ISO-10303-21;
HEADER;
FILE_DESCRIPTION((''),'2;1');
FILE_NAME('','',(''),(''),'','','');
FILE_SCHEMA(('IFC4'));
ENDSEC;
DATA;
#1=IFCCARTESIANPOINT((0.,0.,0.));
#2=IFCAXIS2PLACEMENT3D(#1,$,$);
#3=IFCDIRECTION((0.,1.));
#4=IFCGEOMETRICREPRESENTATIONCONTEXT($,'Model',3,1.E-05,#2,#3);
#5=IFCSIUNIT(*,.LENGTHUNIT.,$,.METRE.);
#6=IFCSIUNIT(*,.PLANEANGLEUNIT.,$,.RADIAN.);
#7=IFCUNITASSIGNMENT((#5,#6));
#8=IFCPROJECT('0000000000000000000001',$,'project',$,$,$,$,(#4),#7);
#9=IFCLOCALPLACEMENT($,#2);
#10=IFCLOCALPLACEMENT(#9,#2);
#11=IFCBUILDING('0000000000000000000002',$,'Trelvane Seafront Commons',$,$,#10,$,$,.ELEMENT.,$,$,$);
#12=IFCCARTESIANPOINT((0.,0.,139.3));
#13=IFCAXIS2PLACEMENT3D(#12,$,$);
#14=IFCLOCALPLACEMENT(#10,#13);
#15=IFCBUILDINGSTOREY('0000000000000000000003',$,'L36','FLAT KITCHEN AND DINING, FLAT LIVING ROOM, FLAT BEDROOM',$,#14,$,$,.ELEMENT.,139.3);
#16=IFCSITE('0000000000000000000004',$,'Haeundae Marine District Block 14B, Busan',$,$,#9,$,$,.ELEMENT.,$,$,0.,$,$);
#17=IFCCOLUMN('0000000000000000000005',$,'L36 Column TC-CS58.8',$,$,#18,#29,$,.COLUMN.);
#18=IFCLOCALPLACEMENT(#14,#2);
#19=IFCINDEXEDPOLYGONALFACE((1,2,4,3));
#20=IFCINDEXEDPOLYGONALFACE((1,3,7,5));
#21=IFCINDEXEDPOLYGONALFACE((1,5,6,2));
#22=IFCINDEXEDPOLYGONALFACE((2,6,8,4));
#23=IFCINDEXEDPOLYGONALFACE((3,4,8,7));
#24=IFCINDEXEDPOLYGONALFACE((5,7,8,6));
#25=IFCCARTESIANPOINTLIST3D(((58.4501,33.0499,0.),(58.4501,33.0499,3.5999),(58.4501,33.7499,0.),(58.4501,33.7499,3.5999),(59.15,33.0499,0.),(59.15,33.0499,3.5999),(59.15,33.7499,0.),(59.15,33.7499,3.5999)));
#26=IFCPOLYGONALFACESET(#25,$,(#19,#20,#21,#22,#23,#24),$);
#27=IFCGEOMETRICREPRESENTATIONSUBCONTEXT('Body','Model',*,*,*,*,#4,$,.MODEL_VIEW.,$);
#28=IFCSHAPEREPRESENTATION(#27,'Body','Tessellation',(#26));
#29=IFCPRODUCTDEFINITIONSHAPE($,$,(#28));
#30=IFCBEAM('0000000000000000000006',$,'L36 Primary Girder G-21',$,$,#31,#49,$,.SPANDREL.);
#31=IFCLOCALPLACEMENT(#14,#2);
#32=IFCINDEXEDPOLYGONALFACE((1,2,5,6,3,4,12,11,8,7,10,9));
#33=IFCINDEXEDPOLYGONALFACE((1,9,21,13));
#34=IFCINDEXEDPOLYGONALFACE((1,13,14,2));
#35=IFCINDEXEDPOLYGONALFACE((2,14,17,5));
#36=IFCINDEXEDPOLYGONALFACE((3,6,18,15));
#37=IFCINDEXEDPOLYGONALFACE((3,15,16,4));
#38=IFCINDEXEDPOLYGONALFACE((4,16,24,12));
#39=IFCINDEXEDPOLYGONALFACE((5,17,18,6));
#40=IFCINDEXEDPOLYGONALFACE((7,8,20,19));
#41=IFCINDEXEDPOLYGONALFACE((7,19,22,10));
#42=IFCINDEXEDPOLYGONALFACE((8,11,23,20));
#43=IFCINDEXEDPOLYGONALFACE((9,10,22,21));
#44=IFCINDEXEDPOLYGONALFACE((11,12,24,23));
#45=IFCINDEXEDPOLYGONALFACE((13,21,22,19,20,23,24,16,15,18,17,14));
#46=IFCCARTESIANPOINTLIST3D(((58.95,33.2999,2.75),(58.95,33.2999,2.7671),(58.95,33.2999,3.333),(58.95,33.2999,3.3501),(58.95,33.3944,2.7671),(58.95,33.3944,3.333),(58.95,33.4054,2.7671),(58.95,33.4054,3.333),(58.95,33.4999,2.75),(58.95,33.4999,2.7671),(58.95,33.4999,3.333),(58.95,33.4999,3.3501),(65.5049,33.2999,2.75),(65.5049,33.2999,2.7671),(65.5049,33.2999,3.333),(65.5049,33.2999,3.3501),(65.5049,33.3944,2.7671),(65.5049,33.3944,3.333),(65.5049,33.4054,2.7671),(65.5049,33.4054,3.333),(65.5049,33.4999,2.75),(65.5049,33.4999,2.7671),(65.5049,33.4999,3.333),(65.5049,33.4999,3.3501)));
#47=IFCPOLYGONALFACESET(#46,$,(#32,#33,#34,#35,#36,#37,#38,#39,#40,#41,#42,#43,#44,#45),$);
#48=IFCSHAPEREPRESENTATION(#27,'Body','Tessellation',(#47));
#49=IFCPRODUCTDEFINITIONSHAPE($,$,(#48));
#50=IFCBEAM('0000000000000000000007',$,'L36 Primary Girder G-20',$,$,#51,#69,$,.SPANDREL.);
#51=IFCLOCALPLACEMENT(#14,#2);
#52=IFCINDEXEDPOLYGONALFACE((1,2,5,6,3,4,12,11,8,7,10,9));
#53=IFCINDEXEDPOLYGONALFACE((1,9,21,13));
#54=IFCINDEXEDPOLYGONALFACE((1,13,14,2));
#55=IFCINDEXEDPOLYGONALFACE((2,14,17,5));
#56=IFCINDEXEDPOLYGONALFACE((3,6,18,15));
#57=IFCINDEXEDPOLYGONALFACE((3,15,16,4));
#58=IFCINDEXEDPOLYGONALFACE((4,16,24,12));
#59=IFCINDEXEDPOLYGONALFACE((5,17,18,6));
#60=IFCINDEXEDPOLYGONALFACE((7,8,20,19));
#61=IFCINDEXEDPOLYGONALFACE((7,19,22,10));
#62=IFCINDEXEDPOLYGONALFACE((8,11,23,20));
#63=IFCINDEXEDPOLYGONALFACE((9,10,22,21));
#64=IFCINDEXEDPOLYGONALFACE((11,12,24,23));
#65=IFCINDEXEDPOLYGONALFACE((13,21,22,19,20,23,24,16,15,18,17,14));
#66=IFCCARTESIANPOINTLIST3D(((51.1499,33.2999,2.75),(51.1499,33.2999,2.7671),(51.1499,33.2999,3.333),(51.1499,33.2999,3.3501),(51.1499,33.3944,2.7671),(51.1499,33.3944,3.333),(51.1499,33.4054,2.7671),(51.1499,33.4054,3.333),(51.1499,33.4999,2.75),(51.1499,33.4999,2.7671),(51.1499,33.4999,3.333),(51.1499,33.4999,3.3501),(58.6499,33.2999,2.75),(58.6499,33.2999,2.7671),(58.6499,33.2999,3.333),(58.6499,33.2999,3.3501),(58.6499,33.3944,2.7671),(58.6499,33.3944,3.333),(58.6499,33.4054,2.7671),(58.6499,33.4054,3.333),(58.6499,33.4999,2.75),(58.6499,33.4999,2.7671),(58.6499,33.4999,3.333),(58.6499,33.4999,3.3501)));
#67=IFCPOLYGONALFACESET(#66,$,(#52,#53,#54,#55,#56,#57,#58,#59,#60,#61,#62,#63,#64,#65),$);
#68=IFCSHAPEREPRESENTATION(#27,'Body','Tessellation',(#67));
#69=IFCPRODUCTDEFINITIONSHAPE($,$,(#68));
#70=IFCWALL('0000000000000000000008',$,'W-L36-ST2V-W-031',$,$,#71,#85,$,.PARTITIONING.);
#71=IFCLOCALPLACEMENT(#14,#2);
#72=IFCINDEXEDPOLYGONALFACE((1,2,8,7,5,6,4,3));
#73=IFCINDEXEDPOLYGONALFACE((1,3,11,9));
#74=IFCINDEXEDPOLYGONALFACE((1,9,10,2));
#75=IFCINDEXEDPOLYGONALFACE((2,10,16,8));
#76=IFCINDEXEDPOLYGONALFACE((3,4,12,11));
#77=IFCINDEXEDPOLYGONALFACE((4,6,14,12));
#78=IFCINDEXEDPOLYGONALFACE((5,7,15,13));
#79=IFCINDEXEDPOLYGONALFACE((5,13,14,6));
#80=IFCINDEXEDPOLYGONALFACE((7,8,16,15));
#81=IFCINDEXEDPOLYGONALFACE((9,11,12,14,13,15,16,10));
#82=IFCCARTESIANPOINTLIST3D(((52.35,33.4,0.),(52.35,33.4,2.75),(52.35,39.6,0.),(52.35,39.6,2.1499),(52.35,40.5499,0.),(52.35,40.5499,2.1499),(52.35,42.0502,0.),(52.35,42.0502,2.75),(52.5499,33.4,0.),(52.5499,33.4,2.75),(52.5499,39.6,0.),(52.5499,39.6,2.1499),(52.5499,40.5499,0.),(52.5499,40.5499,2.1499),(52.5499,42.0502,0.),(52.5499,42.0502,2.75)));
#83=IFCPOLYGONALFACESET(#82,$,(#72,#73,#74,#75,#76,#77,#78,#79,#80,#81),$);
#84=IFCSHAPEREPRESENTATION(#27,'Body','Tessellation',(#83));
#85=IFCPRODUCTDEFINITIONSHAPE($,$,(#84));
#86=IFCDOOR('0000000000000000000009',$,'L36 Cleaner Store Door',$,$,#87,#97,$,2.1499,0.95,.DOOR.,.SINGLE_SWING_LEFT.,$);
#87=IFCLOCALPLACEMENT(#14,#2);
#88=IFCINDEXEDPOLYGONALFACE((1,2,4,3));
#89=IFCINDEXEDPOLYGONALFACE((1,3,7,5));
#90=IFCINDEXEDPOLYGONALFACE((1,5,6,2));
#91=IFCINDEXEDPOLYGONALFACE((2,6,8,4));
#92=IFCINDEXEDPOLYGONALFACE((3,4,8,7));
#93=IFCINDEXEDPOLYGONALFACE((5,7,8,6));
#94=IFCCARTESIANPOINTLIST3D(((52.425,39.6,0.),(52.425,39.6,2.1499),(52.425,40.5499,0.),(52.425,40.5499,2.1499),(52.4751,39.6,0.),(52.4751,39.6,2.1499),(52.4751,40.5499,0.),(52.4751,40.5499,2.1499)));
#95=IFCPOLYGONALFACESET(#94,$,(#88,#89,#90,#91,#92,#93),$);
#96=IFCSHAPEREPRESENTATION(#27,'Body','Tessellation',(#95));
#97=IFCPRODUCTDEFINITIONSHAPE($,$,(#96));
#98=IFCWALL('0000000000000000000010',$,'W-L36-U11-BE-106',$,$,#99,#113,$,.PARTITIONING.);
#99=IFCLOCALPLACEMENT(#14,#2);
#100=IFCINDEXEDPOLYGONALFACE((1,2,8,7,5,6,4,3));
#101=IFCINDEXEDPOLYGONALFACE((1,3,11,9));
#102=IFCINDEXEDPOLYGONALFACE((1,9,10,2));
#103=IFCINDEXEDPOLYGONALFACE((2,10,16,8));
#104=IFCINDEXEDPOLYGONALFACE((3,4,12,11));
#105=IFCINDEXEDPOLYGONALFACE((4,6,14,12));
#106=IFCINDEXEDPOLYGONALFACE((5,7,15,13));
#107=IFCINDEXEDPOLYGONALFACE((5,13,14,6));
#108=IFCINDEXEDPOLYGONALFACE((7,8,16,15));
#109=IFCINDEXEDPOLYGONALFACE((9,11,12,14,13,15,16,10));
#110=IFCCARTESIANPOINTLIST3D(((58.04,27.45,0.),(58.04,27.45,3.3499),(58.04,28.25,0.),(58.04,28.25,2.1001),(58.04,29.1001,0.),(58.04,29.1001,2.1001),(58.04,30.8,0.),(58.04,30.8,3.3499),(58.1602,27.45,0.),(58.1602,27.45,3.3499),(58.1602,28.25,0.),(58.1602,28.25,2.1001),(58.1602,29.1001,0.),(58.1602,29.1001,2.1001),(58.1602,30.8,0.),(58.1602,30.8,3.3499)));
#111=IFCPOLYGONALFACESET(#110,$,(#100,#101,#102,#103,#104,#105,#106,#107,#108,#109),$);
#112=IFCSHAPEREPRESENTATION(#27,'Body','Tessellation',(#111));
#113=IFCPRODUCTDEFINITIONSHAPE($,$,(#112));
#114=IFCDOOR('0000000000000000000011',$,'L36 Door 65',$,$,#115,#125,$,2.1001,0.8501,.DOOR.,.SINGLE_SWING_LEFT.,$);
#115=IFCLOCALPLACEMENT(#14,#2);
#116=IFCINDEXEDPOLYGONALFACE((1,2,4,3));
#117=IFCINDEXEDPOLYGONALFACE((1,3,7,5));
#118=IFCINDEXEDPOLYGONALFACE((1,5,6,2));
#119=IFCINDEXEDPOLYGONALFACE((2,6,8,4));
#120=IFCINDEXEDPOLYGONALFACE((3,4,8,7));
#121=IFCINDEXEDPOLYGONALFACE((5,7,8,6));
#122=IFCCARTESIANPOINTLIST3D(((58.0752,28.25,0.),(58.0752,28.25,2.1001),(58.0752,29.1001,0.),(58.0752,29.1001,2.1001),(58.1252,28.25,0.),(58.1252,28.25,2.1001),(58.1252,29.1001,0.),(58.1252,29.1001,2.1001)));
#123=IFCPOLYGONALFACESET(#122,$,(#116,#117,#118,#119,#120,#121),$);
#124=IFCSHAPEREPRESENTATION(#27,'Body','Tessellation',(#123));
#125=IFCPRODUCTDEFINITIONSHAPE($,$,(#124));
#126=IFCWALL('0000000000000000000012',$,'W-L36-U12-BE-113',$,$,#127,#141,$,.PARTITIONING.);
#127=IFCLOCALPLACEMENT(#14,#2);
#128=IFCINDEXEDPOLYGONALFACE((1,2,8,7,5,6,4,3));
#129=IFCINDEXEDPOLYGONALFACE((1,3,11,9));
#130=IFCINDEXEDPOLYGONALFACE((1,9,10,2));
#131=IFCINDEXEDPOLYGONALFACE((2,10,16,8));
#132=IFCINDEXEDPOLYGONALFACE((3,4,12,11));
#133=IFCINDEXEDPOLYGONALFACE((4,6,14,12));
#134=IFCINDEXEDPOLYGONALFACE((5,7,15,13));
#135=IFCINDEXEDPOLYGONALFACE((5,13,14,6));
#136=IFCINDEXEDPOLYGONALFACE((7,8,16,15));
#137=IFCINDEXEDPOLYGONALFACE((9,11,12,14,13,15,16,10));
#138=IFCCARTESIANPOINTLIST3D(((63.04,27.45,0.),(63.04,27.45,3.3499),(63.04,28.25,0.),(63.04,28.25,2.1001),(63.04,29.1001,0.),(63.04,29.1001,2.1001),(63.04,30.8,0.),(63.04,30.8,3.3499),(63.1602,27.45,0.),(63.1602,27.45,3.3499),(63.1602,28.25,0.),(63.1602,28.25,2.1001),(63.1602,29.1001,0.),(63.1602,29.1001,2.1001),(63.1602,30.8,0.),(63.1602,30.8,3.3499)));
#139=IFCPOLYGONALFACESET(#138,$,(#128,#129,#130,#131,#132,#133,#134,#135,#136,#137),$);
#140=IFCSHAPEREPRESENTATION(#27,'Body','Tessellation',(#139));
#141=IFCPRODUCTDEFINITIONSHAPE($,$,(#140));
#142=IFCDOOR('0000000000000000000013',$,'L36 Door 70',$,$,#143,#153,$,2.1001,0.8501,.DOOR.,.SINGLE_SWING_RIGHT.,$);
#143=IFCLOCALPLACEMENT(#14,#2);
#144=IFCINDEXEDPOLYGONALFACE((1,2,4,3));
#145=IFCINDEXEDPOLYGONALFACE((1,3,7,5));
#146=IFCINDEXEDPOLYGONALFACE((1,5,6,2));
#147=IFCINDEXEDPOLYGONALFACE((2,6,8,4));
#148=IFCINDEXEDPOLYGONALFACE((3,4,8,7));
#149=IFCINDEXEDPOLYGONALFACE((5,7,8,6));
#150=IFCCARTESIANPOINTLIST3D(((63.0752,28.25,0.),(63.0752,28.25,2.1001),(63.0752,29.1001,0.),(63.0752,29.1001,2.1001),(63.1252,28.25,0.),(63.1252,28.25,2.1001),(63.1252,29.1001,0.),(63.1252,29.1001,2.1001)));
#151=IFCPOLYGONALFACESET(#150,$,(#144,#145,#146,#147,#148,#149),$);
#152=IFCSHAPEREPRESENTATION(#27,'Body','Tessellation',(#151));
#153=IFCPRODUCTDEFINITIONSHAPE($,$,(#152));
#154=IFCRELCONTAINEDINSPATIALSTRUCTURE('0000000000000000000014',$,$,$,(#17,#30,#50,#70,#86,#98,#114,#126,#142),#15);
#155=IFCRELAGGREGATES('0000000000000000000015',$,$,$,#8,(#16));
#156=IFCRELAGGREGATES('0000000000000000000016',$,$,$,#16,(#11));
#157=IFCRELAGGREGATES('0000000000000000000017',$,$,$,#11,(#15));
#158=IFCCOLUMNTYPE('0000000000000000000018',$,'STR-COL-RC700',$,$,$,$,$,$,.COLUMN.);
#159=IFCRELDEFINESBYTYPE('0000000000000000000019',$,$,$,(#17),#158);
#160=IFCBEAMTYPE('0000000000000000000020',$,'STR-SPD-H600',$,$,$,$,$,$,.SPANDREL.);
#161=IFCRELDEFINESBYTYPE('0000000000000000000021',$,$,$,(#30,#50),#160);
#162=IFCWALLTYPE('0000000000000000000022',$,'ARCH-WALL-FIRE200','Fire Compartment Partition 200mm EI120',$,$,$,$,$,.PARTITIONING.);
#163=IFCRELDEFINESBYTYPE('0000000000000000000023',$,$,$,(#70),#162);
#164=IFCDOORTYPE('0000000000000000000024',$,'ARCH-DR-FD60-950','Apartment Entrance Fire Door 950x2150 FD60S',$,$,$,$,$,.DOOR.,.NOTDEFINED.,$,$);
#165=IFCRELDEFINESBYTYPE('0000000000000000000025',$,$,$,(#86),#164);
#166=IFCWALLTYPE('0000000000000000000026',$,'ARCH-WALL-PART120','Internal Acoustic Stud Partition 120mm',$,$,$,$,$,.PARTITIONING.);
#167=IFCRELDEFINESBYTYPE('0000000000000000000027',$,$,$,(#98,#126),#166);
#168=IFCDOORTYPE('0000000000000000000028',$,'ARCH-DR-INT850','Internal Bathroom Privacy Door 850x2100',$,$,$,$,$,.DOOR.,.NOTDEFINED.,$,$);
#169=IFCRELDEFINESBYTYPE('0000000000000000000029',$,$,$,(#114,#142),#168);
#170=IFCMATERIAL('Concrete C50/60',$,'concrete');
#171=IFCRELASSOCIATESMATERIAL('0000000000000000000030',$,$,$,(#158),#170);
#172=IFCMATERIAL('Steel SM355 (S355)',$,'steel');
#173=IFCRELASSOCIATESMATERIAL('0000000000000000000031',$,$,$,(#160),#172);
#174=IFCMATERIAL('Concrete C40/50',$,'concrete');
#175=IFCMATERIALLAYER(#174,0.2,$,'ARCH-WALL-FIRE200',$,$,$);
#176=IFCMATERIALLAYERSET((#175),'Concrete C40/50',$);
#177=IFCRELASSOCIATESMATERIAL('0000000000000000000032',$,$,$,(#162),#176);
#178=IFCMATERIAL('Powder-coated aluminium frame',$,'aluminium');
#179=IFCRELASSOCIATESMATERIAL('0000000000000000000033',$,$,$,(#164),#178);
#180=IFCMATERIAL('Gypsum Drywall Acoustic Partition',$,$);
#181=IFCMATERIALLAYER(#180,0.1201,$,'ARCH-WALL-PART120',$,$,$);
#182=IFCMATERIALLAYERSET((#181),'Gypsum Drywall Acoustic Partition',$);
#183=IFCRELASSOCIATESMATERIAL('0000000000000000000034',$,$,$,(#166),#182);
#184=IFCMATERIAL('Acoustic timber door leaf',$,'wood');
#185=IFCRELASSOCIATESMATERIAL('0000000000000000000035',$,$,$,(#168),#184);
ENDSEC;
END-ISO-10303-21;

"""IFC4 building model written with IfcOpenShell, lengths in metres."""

from ifc_helpers import new_model, si_unit, direction, frame, frame_2d, origin, origin_2d, place, context, subcontext, project, spatial, rectangle, i_section, extrude, source, transform, mapped, material, layer, layer_set, material_profile, profile_set, type_object, element, fill, save


model = new_model("IFC4")

# Units and contexts
model_context = context("Model", 3, precision=1e-05, world=origin(), true_north=direction((0.0, 1.0)))
body_context = subcontext(model_context, "Body", "Model", "MODEL_VIEW")
ifc_project = project(units=[si_unit("LENGTHUNIT", "METRE"), si_unit("PLANEANGLEUNIT", "RADIAN")], contexts=[model_context])

# Site, building, storey
site_placement = place(None, origin())
site = spatial("IfcSite", under=ifc_project, at=site_placement, Name="Haeundae Marine District Block 14B, Busan", CompositionType="ELEMENT", RefElevation=0.0)
building_placement = place(site_placement, origin())
building = spatial("IfcBuilding", under=site, at=building_placement, Name="Trelvane Seafront Commons", CompositionType="ELEMENT")
storey_placement = place(building_placement, frame((0.0, 0.0, 139.3)))
storey = spatial("IfcBuildingStorey", under=building, at=storey_placement, Name="L36", Description="FLAT KITCHEN AND DINING, FLAT LIVING ROOM, FLAT BEDROOM", CompositionType="ELEMENT", Elevation=139.3)

# Column
ifc_material_1 = material(Name="Concrete C50/60", Category="concrete")
ifc_material_profile_1 = material_profile(ifc_material_1, rectangle(XDim=0.7, YDim=0.7, at=origin_2d()), Name="RC-700x700")
ifc_profile_set_1 = profile_set([ifc_material_profile_1], Name="Concrete C50/60")
column_type = type_object("IfcColumnType", Name="STR-COL-RC700", PredefinedType="COLUMN", material=ifc_profile_set_1)
shared_shape_1 = source(origin(), body_context, "Body", "SweptSolid", [
    extrude(rectangle(XDim=0.7, YDim=0.7, at=origin_2d()), origin(), (0.0, 0.0, 1.0), 3.5999),
])
column_placement = place(storey_placement, frame((58.8, 33.3999, 0.0), z_axis=(0.0, 0.0, 1.0), x_axis=(1.0, 0.0, 0.0)))
element("IfcColumn", 1, at=column_placement, inside=storey, type_object=column_type, Name="L36 Column TC-CS58.8", PredefinedType="COLUMN", context=body_context, shape_type="MappedRepresentation", body=[
    mapped(shared_shape_1, transform((0.0, 0.0, 0.0), x_axis=(1.0, 0.0, 0.0), y_axis=(0.0, 1.0, 0.0), z_axis=(0.0, 0.0, 1.0), scale=1.0)),
])

# Beams
ifc_material_2 = material(Name="Steel SM355 (S355)", Category="steel")
ifc_material_profile_2 = material_profile(ifc_material_2, i_section(OverallWidth=0.2, OverallDepth=0.6001, WebThickness=0.011, FlangeThickness=0.0171, at=origin_2d()), Name="H-600x200x11x17")
ifc_profile_set_2 = profile_set([ifc_material_profile_2], Name="Steel SM355 (S355)")
beam_type = type_object("IfcBeamType", Name="STR-SPD-H600", PredefinedType="SPANDREL", material=ifc_profile_set_2)
shared_shape_2 = source(origin(), body_context, "Body", "SweptSolid", [
    extrude(i_section(OverallWidth=0.2, OverallDepth=0.6001, WebThickness=0.011, FlangeThickness=0.0171, at=origin_2d()), origin(), (0.0, 0.0, 1.0), 6.5549),
])
beam_1_placement = place(storey_placement, frame((58.95, 33.3999, 3.05), z_axis=(1.0, 0.0, 0.0), x_axis=(0.0, 1.0, 0.0)))
element("IfcBeam", 2, at=beam_1_placement, inside=storey, type_object=beam_type, Name="L36 Primary Girder G-21", PredefinedType="SPANDREL", context=body_context, shape_type="MappedRepresentation", body=[
    mapped(shared_shape_2, transform((0.0, 0.0, 0.0), x_axis=(1.0, 0.0, 0.0), y_axis=(0.0, 1.0, 0.0), z_axis=(0.0, 0.0, 1.0), scale=1.0)),
])
shared_shape_3 = source(origin(), body_context, "Body", "SweptSolid", [
    extrude(i_section(OverallWidth=0.2, OverallDepth=0.6001, WebThickness=0.011, FlangeThickness=0.0171, at=origin_2d()), origin(), (0.0, 0.0, 1.0), 7.5),
])
beam_2_placement = place(storey_placement, frame((51.1499, 33.3999, 3.05), z_axis=(1.0, 0.0, 0.0), x_axis=(0.0, 1.0, 0.0)))
element("IfcBeam", 3, at=beam_2_placement, inside=storey, type_object=beam_type, Name="L36 Primary Girder G-20", PredefinedType="SPANDREL", context=body_context, shape_type="MappedRepresentation", body=[
    mapped(shared_shape_3, transform((0.0, 0.0, 0.0), x_axis=(1.0, 0.0, 0.0), y_axis=(0.0, 1.0, 0.0), z_axis=(0.0, 0.0, 1.0), scale=1.0)),
])

# Walls, openings, doors
ifc_material_3 = material(Name="Concrete C40/50", Category="concrete")
ifc_layer_1 = layer(ifc_material_3, 0.2, Name="ARCH-WALL-FIRE200")
ifc_layer_set_1 = layer_set([ifc_layer_1], Name="Concrete C40/50")
wall_type_1 = type_object("IfcWallType", Name="ARCH-WALL-FIRE200", Description="Fire Compartment Partition 200mm EI120", PredefinedType="PARTITIONING", material=ifc_layer_set_1)
wall_1_placement = place(storey_placement, frame((52.45, 33.3999, 0.0), z_axis=(0.0, 0.0, 1.0), x_axis=(0.0, 1.0, 0.0)))
wall_1 = element("IfcWall", 4, at=wall_1_placement, inside=storey, type_object=wall_type_1, Name="W-L36-ST2V-W-031", PredefinedType="PARTITIONING", context=body_context, shape_type="SweptSolid", body=[
    extrude(rectangle(XDim=8.6501, YDim=0.2, at=frame_2d((4.3252, 0.0))), origin(), (0.0, 0.0, 1.0), 2.75),
])
opening_1_placement = place(wall_1_placement, frame((6.2, 0.0, 0.0)))
opening_1 = element("IfcOpeningElement", 5, at=opening_1_placement, cuts=wall_1, PredefinedType="OPENING", context=body_context, shape_type="SweptSolid", body=[
    extrude(rectangle(XDim=0.95, YDim=2.1499, at=frame_2d((0.4751, 1.075))), frame((0.0, 0.1099, 0.0), z_axis=(0.0, -1.0, 0.0), x_axis=(1.0, 0.0, 0.0)), (0.0, 0.0, 1.0), 0.22),
])
ifc_material_4 = material(Name="Powder-coated aluminium frame", Category="aluminium")
door_type_1 = type_object("IfcDoorType", Name="ARCH-DR-FD60-950", Description="Apartment Entrance Fire Door 950x2150 FD60S", OperationType="NOTDEFINED", PredefinedType="DOOR", material=ifc_material_4)
shared_shape_4 = source(origin(), body_context, "Body", "SweptSolid", [
    extrude(rectangle(XDim=0.95, YDim=2.1499, at=frame_2d((0.4751, 1.075))), frame((0.0, 0.0249, 0.0), z_axis=(0.0, -1.0, 0.0), x_axis=(1.0, 0.0, 0.0)), (0.0, 0.0, 1.0), 0.05),
])
door_1_placement = place(opening_1_placement, origin())
door_1 = element("IfcDoor", 6, at=door_1_placement, inside=storey, type_object=door_type_1, Name="L36 Cleaner Store Door", OperationType="SINGLE_SWING_LEFT", OverallHeight=2.1499, OverallWidth=0.95, PredefinedType="DOOR", context=body_context, shape_type="MappedRepresentation", body=[
    mapped(shared_shape_4, transform((0.0, 0.0, 0.0), x_axis=(1.0, 0.0, 0.0), y_axis=(0.0, 1.0, 0.0), z_axis=(0.0, 0.0, 1.0), scale=1.0)),
])
fill(opening_1, door_1)
ifc_material_5 = material(Name="Gypsum Drywall Acoustic Partition")
ifc_layer_2 = layer(ifc_material_5, 0.1201, Name="ARCH-WALL-PART120")
ifc_layer_set_2 = layer_set([ifc_layer_2], Name="Gypsum Drywall Acoustic Partition")
wall_type_2 = type_object("IfcWallType", Name="ARCH-WALL-PART120", Description="Internal Acoustic Stud Partition 120mm", PredefinedType="PARTITIONING", material=ifc_layer_set_2)
wall_2_placement = place(storey_placement, frame((58.1001, 27.45, 0.0), z_axis=(0.0, 0.0, 1.0), x_axis=(0.0, 1.0, 0.0)))
wall_2 = element("IfcWall", 7, at=wall_2_placement, inside=storey, type_object=wall_type_2, Name="W-L36-U11-BE-106", PredefinedType="PARTITIONING", context=body_context, shape_type="SweptSolid", body=[
    extrude(rectangle(XDim=3.3501, YDim=0.1201, at=frame_2d((1.675, 0.0))), origin(), (0.0, 0.0, 1.0), 3.3499),
])
opening_2_placement = place(wall_2_placement, frame((0.8, 0.0, 0.0)))
opening_2 = element("IfcOpeningElement", 8, at=opening_2_placement, cuts=wall_2, PredefinedType="OPENING", context=body_context, shape_type="SweptSolid", body=[
    extrude(rectangle(XDim=0.8501, YDim=2.1001, at=frame_2d((0.425, 1.05))), frame((0.0, 0.0701, 0.0), z_axis=(0.0, -1.0, 0.0), x_axis=(1.0, 0.0, 0.0)), (0.0, 0.0, 1.0), 0.1401),
])
ifc_material_6 = material(Name="Acoustic timber door leaf", Category="wood")
door_type_2 = type_object("IfcDoorType", Name="ARCH-DR-INT850", Description="Internal Bathroom Privacy Door 850x2100", OperationType="NOTDEFINED", PredefinedType="DOOR", material=ifc_material_6)
shared_shape_5 = source(origin(), body_context, "Body", "SweptSolid", [
    extrude(rectangle(XDim=0.8501, YDim=2.1001, at=frame_2d((0.425, 1.05))), frame((0.0, 0.0249, 0.0), z_axis=(0.0, -1.0, 0.0), x_axis=(1.0, 0.0, 0.0)), (0.0, 0.0, 1.0), 0.05),
])
door_2_placement = place(opening_2_placement, origin())
door_2 = element("IfcDoor", 9, at=door_2_placement, inside=storey, type_object=door_type_2, Name="L36 Door 65", OperationType="SINGLE_SWING_LEFT", OverallHeight=2.1001, OverallWidth=0.8501, PredefinedType="DOOR", context=body_context, shape_type="MappedRepresentation", body=[
    mapped(shared_shape_5, transform((0.0, 0.0, 0.0), x_axis=(1.0, 0.0, 0.0), y_axis=(0.0, 1.0, 0.0), z_axis=(0.0, 0.0, 1.0), scale=1.0)),
])
fill(opening_2, door_2)
wall_3_placement = place(storey_placement, frame((63.1001, 27.45, 0.0), z_axis=(0.0, 0.0, 1.0), x_axis=(0.0, 1.0, 0.0)))
wall_3 = element("IfcWall", 10, at=wall_3_placement, inside=storey, type_object=wall_type_2, Name="W-L36-U12-BE-113", PredefinedType="PARTITIONING", context=body_context, shape_type="SweptSolid", body=[
    extrude(rectangle(XDim=3.3501, YDim=0.1201, at=frame_2d((1.675, 0.0))), origin(), (0.0, 0.0, 1.0), 3.3499),
])
opening_3_placement = place(wall_3_placement, frame((0.8, 0.0, 0.0)))
opening_3 = element("IfcOpeningElement", 11, at=opening_3_placement, cuts=wall_3, PredefinedType="OPENING", context=body_context, shape_type="SweptSolid", body=[
    extrude(rectangle(XDim=0.8501, YDim=2.1001, at=frame_2d((0.425, 1.05))), frame((0.0, 0.0701, 0.0), z_axis=(0.0, -1.0, 0.0), x_axis=(1.0, 0.0, 0.0)), (0.0, 0.0, 1.0), 0.1401),
])
door_3_placement = place(opening_3_placement, origin())
door_3 = element("IfcDoor", 12, at=door_3_placement, inside=storey, type_object=door_type_2, Name="L36 Door 70", OperationType="SINGLE_SWING_RIGHT", OverallHeight=2.1001, OverallWidth=0.8501, PredefinedType="DOOR", context=body_context, shape_type="MappedRepresentation", body=[
    mapped(shared_shape_5, transform((0.0, 0.0, 0.0), x_axis=(1.0, 0.0, 0.0), y_axis=(0.0, 1.0, 0.0), z_axis=(0.0, 0.0, 1.0), scale=1.0)),
])
fill(opening_3, door_3)

save(model, "model.ifc")
